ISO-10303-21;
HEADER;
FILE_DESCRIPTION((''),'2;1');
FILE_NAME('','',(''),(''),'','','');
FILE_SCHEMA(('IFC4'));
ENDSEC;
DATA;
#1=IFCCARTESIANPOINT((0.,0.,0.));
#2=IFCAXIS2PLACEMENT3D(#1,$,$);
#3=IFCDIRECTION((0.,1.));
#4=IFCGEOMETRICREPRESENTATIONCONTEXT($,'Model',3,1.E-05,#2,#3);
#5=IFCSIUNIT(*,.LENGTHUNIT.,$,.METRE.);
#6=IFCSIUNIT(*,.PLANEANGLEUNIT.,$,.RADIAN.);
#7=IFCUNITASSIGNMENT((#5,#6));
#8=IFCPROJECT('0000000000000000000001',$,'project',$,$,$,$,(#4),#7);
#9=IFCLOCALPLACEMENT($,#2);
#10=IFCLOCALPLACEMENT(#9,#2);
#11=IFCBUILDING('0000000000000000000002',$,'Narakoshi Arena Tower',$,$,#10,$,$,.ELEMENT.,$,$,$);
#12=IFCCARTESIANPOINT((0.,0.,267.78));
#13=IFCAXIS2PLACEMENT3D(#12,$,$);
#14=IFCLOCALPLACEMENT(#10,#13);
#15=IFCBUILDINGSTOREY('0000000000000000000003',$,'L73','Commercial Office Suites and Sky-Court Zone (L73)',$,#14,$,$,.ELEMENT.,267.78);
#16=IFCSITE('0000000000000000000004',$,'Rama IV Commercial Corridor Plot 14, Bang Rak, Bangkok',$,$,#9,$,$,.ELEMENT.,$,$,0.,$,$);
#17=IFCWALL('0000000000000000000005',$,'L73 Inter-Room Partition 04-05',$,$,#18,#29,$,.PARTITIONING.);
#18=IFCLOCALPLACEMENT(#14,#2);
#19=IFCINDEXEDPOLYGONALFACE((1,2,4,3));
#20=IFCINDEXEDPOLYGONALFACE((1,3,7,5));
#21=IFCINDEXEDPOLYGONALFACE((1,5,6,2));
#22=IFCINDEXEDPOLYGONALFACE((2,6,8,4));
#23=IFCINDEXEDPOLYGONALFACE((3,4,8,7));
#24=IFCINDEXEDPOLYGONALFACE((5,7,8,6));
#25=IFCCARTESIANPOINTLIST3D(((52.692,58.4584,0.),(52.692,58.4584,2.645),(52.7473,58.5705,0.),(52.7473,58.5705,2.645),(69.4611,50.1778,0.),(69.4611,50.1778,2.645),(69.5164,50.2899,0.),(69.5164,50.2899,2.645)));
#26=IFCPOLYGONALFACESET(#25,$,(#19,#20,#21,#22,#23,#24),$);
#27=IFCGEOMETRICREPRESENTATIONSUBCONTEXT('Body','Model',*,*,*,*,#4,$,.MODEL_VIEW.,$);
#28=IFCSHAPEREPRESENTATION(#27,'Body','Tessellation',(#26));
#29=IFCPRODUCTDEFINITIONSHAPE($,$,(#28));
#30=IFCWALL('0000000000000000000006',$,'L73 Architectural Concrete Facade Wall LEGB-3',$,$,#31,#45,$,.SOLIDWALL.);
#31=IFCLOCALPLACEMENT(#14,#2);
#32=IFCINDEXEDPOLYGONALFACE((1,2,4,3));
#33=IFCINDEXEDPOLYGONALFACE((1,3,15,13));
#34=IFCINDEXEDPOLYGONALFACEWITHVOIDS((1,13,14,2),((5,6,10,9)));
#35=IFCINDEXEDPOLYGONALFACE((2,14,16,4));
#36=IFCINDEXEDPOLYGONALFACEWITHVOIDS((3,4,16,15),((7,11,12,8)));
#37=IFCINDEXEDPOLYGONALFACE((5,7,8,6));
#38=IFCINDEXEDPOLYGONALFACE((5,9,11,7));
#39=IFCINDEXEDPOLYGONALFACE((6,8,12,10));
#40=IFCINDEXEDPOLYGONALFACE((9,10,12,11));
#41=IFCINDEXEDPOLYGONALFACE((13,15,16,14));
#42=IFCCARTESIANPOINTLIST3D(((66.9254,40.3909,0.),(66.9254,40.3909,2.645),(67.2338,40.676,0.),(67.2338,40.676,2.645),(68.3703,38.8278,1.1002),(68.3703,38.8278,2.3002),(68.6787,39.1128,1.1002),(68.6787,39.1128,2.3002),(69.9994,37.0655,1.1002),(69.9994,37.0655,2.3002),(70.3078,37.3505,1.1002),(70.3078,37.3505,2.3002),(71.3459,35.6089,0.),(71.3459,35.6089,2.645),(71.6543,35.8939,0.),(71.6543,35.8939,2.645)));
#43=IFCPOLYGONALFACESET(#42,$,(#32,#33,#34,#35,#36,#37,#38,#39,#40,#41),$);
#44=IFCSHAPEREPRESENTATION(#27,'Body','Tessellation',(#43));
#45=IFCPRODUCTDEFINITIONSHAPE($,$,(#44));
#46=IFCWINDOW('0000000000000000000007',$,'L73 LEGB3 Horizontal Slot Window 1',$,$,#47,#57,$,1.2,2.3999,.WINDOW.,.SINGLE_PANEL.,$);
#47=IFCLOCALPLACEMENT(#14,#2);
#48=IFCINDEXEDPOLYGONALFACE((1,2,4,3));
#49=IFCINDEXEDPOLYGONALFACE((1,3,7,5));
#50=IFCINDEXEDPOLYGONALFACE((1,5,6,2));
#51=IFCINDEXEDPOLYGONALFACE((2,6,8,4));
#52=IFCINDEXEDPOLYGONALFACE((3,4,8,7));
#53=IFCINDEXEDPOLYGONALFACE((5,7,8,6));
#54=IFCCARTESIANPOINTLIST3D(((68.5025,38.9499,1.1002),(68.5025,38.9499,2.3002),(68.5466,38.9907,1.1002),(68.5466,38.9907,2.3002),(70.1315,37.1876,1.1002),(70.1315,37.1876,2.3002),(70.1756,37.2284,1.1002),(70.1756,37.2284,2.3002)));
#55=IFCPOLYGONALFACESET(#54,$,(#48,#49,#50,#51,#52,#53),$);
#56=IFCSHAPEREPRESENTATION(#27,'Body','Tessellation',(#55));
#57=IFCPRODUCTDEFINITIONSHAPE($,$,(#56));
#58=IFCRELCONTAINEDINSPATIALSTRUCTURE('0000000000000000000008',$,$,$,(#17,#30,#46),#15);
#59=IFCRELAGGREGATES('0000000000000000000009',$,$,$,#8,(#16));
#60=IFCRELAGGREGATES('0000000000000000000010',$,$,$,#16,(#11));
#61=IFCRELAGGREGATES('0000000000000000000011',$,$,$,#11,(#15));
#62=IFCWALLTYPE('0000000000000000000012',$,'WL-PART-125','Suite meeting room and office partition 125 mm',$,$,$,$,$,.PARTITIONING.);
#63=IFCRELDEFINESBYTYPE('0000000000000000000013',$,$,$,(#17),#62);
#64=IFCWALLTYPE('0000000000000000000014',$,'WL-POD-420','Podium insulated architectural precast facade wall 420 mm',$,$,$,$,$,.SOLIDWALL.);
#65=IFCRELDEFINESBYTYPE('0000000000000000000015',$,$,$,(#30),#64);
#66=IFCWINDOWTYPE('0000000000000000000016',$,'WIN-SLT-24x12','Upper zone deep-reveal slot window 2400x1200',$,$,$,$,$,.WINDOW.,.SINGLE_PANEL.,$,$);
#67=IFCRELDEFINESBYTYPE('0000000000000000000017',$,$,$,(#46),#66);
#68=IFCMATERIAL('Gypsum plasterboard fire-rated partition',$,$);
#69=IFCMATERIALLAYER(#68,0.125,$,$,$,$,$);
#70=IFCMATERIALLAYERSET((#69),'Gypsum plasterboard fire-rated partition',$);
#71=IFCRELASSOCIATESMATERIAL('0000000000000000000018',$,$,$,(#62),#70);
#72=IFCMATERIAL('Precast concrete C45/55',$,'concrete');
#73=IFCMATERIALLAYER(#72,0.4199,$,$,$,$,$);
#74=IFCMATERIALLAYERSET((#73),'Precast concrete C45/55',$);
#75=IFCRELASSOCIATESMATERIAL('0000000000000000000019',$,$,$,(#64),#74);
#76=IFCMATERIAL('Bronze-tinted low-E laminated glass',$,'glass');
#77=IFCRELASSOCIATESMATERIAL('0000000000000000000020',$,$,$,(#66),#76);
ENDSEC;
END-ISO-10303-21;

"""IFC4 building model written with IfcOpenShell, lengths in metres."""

from ifc_helpers import new_model, si_unit, direction, frame, frame_2d, origin, place, context, subcontext, project, spatial, rectangle, extrude, material, layer, layer_set, type_object, element, fill, save


model = new_model("IFC4")

# Units and contexts
model_context = context("Model", 3, precision=1e-05, world=origin(), true_north=direction((0.0, 1.0)))
body_context = subcontext(model_context, "Body", "Model", "MODEL_VIEW")
ifc_project = project(units=[si_unit("LENGTHUNIT", "METRE"), si_unit("PLANEANGLEUNIT", "RADIAN")], contexts=[model_context])

# Site, building, storey
site_placement = place(None, origin())
site = spatial("IfcSite", under=ifc_project, at=site_placement, Name="Rama IV Commercial Corridor Plot 14, Bang Rak, Bangkok", CompositionType="ELEMENT", RefElevation=0.0)
building_placement = place(site_placement, origin())
building = spatial("IfcBuilding", under=site, at=building_placement, Name="Narakoshi Arena Tower", CompositionType="ELEMENT")
storey_placement = place(building_placement, frame((0.0, 0.0, 267.78)))
storey = spatial("IfcBuildingStorey", under=building, at=storey_placement, Name="L73", Description="Commercial Office Suites and Sky-Court Zone (L73)", CompositionType="ELEMENT", Elevation=267.78)

# Shared definitions
ifc_material_1 = material(Name="Bronze-tinted low-E laminated glass", Category="glass")

# Shared definitions
ifc_material_2 = material(Name="Gypsum plasterboard fire-rated partition")

# Wall
ifc_layer_1 = layer(ifc_material_2, 0.125)
ifc_layer_set_1 = layer_set([ifc_layer_1], Name="Gypsum plasterboard fire-rated partition")
wall_type_1 = type_object("IfcWallType", Name="WL-PART-125", Description="Suite meeting room and office partition 125 mm", PredefinedType="PARTITIONING", material=ifc_layer_set_1)
wall_1_placement = place(storey_placement, frame((69.4888, 50.2339, 0.0), z_axis=(0.0, 0.0, 1.0), x_axis=(-0.896641, 0.442759, 0.0)))
element("IfcWall", 1, at=wall_1_placement, inside=storey, type_object=wall_type_1, Name="L73 Inter-Room Partition 04-05", PredefinedType="PARTITIONING", context=body_context, shape_type="SweptSolid", body=[
    extrude(rectangle(XDim=18.7021, YDim=0.125, at=frame_2d((9.3511, 0.0))), origin(), (0.0, 0.0, 1.0), 2.645),
])

# Wall, opening, window
ifc_material_3 = material(Name="Precast concrete C45/55", Category="concrete")
ifc_layer_2 = layer(ifc_material_3, 0.4199)
ifc_layer_set_2 = layer_set([ifc_layer_2], Name="Precast concrete C45/55")
wall_type_2 = type_object("IfcWallType", Name="WL-POD-420", Description="Podium insulated architectural precast facade wall 420 mm", PredefinedType="SOLIDWALL", material=ifc_layer_set_2)
wall_2_placement = place(storey_placement, frame((67.0796, 40.5334, 0.0), z_axis=(0.0, 0.0, 1.0), x_axis=(0.6788, -0.734323, 0.0)))
wall_2 = element("IfcWall", 2, at=wall_2_placement, inside=storey, type_object=wall_type_2, Name="L73 Architectural Concrete Facade Wall LEGB-3", PredefinedType="SOLIDWALL", context=body_context, shape_type="SweptSolid", body=[
    extrude(rectangle(XDim=6.5122, YDim=0.4199, at=frame_2d((3.2561, 0.0))), origin(), (0.0, 0.0, 1.0), 2.645),
])
opening_1_placement = place(wall_2_placement, frame((2.1287, 0.0, 1.1001)))
opening_1 = element("IfcOpeningElement", 3, at=opening_1_placement, cuts=wall_2, PredefinedType="OPENING", context=body_context, shape_type="SweptSolid", body=[
    extrude(rectangle(XDim=2.3999, YDim=1.2, at=frame_2d((1.2, 0.6001))), frame((0.0, 0.22, 0.0), z_axis=(0.0, -1.0, 0.0), x_axis=(1.0, 0.0, 0.0)), (0.0, 0.0, 1.0), 0.4399),
])
window_type = type_object("IfcWindowType", Name="WIN-SLT-24x12", Description="Upper zone deep-reveal slot window 2400x1200", PartitioningType="SINGLE_PANEL", PredefinedType="WINDOW", material=ifc_material_1)
window_placement = place(opening_1_placement, origin())
window = element("IfcWindow", 4, at=window_placement, inside=storey, type_object=window_type, Name="L73 LEGB3 Horizontal Slot Window 1", OverallHeight=1.2, OverallWidth=2.3999, PartitioningType="SINGLE_PANEL", PredefinedType="WINDOW", context=body_context, shape_type="SweptSolid", body=[
    extrude(rectangle(XDim=2.3999, YDim=1.2, at=frame_2d((1.2, 0.6001))), frame((0.0, 0.03, 0.0), z_axis=(0.0, -1.0, 0.0), x_axis=(1.0, 0.0, 0.0)), (0.0, 0.0, 1.0), 0.0601),
])
fill(opening_1, window)

save(model, "model.ifc")
